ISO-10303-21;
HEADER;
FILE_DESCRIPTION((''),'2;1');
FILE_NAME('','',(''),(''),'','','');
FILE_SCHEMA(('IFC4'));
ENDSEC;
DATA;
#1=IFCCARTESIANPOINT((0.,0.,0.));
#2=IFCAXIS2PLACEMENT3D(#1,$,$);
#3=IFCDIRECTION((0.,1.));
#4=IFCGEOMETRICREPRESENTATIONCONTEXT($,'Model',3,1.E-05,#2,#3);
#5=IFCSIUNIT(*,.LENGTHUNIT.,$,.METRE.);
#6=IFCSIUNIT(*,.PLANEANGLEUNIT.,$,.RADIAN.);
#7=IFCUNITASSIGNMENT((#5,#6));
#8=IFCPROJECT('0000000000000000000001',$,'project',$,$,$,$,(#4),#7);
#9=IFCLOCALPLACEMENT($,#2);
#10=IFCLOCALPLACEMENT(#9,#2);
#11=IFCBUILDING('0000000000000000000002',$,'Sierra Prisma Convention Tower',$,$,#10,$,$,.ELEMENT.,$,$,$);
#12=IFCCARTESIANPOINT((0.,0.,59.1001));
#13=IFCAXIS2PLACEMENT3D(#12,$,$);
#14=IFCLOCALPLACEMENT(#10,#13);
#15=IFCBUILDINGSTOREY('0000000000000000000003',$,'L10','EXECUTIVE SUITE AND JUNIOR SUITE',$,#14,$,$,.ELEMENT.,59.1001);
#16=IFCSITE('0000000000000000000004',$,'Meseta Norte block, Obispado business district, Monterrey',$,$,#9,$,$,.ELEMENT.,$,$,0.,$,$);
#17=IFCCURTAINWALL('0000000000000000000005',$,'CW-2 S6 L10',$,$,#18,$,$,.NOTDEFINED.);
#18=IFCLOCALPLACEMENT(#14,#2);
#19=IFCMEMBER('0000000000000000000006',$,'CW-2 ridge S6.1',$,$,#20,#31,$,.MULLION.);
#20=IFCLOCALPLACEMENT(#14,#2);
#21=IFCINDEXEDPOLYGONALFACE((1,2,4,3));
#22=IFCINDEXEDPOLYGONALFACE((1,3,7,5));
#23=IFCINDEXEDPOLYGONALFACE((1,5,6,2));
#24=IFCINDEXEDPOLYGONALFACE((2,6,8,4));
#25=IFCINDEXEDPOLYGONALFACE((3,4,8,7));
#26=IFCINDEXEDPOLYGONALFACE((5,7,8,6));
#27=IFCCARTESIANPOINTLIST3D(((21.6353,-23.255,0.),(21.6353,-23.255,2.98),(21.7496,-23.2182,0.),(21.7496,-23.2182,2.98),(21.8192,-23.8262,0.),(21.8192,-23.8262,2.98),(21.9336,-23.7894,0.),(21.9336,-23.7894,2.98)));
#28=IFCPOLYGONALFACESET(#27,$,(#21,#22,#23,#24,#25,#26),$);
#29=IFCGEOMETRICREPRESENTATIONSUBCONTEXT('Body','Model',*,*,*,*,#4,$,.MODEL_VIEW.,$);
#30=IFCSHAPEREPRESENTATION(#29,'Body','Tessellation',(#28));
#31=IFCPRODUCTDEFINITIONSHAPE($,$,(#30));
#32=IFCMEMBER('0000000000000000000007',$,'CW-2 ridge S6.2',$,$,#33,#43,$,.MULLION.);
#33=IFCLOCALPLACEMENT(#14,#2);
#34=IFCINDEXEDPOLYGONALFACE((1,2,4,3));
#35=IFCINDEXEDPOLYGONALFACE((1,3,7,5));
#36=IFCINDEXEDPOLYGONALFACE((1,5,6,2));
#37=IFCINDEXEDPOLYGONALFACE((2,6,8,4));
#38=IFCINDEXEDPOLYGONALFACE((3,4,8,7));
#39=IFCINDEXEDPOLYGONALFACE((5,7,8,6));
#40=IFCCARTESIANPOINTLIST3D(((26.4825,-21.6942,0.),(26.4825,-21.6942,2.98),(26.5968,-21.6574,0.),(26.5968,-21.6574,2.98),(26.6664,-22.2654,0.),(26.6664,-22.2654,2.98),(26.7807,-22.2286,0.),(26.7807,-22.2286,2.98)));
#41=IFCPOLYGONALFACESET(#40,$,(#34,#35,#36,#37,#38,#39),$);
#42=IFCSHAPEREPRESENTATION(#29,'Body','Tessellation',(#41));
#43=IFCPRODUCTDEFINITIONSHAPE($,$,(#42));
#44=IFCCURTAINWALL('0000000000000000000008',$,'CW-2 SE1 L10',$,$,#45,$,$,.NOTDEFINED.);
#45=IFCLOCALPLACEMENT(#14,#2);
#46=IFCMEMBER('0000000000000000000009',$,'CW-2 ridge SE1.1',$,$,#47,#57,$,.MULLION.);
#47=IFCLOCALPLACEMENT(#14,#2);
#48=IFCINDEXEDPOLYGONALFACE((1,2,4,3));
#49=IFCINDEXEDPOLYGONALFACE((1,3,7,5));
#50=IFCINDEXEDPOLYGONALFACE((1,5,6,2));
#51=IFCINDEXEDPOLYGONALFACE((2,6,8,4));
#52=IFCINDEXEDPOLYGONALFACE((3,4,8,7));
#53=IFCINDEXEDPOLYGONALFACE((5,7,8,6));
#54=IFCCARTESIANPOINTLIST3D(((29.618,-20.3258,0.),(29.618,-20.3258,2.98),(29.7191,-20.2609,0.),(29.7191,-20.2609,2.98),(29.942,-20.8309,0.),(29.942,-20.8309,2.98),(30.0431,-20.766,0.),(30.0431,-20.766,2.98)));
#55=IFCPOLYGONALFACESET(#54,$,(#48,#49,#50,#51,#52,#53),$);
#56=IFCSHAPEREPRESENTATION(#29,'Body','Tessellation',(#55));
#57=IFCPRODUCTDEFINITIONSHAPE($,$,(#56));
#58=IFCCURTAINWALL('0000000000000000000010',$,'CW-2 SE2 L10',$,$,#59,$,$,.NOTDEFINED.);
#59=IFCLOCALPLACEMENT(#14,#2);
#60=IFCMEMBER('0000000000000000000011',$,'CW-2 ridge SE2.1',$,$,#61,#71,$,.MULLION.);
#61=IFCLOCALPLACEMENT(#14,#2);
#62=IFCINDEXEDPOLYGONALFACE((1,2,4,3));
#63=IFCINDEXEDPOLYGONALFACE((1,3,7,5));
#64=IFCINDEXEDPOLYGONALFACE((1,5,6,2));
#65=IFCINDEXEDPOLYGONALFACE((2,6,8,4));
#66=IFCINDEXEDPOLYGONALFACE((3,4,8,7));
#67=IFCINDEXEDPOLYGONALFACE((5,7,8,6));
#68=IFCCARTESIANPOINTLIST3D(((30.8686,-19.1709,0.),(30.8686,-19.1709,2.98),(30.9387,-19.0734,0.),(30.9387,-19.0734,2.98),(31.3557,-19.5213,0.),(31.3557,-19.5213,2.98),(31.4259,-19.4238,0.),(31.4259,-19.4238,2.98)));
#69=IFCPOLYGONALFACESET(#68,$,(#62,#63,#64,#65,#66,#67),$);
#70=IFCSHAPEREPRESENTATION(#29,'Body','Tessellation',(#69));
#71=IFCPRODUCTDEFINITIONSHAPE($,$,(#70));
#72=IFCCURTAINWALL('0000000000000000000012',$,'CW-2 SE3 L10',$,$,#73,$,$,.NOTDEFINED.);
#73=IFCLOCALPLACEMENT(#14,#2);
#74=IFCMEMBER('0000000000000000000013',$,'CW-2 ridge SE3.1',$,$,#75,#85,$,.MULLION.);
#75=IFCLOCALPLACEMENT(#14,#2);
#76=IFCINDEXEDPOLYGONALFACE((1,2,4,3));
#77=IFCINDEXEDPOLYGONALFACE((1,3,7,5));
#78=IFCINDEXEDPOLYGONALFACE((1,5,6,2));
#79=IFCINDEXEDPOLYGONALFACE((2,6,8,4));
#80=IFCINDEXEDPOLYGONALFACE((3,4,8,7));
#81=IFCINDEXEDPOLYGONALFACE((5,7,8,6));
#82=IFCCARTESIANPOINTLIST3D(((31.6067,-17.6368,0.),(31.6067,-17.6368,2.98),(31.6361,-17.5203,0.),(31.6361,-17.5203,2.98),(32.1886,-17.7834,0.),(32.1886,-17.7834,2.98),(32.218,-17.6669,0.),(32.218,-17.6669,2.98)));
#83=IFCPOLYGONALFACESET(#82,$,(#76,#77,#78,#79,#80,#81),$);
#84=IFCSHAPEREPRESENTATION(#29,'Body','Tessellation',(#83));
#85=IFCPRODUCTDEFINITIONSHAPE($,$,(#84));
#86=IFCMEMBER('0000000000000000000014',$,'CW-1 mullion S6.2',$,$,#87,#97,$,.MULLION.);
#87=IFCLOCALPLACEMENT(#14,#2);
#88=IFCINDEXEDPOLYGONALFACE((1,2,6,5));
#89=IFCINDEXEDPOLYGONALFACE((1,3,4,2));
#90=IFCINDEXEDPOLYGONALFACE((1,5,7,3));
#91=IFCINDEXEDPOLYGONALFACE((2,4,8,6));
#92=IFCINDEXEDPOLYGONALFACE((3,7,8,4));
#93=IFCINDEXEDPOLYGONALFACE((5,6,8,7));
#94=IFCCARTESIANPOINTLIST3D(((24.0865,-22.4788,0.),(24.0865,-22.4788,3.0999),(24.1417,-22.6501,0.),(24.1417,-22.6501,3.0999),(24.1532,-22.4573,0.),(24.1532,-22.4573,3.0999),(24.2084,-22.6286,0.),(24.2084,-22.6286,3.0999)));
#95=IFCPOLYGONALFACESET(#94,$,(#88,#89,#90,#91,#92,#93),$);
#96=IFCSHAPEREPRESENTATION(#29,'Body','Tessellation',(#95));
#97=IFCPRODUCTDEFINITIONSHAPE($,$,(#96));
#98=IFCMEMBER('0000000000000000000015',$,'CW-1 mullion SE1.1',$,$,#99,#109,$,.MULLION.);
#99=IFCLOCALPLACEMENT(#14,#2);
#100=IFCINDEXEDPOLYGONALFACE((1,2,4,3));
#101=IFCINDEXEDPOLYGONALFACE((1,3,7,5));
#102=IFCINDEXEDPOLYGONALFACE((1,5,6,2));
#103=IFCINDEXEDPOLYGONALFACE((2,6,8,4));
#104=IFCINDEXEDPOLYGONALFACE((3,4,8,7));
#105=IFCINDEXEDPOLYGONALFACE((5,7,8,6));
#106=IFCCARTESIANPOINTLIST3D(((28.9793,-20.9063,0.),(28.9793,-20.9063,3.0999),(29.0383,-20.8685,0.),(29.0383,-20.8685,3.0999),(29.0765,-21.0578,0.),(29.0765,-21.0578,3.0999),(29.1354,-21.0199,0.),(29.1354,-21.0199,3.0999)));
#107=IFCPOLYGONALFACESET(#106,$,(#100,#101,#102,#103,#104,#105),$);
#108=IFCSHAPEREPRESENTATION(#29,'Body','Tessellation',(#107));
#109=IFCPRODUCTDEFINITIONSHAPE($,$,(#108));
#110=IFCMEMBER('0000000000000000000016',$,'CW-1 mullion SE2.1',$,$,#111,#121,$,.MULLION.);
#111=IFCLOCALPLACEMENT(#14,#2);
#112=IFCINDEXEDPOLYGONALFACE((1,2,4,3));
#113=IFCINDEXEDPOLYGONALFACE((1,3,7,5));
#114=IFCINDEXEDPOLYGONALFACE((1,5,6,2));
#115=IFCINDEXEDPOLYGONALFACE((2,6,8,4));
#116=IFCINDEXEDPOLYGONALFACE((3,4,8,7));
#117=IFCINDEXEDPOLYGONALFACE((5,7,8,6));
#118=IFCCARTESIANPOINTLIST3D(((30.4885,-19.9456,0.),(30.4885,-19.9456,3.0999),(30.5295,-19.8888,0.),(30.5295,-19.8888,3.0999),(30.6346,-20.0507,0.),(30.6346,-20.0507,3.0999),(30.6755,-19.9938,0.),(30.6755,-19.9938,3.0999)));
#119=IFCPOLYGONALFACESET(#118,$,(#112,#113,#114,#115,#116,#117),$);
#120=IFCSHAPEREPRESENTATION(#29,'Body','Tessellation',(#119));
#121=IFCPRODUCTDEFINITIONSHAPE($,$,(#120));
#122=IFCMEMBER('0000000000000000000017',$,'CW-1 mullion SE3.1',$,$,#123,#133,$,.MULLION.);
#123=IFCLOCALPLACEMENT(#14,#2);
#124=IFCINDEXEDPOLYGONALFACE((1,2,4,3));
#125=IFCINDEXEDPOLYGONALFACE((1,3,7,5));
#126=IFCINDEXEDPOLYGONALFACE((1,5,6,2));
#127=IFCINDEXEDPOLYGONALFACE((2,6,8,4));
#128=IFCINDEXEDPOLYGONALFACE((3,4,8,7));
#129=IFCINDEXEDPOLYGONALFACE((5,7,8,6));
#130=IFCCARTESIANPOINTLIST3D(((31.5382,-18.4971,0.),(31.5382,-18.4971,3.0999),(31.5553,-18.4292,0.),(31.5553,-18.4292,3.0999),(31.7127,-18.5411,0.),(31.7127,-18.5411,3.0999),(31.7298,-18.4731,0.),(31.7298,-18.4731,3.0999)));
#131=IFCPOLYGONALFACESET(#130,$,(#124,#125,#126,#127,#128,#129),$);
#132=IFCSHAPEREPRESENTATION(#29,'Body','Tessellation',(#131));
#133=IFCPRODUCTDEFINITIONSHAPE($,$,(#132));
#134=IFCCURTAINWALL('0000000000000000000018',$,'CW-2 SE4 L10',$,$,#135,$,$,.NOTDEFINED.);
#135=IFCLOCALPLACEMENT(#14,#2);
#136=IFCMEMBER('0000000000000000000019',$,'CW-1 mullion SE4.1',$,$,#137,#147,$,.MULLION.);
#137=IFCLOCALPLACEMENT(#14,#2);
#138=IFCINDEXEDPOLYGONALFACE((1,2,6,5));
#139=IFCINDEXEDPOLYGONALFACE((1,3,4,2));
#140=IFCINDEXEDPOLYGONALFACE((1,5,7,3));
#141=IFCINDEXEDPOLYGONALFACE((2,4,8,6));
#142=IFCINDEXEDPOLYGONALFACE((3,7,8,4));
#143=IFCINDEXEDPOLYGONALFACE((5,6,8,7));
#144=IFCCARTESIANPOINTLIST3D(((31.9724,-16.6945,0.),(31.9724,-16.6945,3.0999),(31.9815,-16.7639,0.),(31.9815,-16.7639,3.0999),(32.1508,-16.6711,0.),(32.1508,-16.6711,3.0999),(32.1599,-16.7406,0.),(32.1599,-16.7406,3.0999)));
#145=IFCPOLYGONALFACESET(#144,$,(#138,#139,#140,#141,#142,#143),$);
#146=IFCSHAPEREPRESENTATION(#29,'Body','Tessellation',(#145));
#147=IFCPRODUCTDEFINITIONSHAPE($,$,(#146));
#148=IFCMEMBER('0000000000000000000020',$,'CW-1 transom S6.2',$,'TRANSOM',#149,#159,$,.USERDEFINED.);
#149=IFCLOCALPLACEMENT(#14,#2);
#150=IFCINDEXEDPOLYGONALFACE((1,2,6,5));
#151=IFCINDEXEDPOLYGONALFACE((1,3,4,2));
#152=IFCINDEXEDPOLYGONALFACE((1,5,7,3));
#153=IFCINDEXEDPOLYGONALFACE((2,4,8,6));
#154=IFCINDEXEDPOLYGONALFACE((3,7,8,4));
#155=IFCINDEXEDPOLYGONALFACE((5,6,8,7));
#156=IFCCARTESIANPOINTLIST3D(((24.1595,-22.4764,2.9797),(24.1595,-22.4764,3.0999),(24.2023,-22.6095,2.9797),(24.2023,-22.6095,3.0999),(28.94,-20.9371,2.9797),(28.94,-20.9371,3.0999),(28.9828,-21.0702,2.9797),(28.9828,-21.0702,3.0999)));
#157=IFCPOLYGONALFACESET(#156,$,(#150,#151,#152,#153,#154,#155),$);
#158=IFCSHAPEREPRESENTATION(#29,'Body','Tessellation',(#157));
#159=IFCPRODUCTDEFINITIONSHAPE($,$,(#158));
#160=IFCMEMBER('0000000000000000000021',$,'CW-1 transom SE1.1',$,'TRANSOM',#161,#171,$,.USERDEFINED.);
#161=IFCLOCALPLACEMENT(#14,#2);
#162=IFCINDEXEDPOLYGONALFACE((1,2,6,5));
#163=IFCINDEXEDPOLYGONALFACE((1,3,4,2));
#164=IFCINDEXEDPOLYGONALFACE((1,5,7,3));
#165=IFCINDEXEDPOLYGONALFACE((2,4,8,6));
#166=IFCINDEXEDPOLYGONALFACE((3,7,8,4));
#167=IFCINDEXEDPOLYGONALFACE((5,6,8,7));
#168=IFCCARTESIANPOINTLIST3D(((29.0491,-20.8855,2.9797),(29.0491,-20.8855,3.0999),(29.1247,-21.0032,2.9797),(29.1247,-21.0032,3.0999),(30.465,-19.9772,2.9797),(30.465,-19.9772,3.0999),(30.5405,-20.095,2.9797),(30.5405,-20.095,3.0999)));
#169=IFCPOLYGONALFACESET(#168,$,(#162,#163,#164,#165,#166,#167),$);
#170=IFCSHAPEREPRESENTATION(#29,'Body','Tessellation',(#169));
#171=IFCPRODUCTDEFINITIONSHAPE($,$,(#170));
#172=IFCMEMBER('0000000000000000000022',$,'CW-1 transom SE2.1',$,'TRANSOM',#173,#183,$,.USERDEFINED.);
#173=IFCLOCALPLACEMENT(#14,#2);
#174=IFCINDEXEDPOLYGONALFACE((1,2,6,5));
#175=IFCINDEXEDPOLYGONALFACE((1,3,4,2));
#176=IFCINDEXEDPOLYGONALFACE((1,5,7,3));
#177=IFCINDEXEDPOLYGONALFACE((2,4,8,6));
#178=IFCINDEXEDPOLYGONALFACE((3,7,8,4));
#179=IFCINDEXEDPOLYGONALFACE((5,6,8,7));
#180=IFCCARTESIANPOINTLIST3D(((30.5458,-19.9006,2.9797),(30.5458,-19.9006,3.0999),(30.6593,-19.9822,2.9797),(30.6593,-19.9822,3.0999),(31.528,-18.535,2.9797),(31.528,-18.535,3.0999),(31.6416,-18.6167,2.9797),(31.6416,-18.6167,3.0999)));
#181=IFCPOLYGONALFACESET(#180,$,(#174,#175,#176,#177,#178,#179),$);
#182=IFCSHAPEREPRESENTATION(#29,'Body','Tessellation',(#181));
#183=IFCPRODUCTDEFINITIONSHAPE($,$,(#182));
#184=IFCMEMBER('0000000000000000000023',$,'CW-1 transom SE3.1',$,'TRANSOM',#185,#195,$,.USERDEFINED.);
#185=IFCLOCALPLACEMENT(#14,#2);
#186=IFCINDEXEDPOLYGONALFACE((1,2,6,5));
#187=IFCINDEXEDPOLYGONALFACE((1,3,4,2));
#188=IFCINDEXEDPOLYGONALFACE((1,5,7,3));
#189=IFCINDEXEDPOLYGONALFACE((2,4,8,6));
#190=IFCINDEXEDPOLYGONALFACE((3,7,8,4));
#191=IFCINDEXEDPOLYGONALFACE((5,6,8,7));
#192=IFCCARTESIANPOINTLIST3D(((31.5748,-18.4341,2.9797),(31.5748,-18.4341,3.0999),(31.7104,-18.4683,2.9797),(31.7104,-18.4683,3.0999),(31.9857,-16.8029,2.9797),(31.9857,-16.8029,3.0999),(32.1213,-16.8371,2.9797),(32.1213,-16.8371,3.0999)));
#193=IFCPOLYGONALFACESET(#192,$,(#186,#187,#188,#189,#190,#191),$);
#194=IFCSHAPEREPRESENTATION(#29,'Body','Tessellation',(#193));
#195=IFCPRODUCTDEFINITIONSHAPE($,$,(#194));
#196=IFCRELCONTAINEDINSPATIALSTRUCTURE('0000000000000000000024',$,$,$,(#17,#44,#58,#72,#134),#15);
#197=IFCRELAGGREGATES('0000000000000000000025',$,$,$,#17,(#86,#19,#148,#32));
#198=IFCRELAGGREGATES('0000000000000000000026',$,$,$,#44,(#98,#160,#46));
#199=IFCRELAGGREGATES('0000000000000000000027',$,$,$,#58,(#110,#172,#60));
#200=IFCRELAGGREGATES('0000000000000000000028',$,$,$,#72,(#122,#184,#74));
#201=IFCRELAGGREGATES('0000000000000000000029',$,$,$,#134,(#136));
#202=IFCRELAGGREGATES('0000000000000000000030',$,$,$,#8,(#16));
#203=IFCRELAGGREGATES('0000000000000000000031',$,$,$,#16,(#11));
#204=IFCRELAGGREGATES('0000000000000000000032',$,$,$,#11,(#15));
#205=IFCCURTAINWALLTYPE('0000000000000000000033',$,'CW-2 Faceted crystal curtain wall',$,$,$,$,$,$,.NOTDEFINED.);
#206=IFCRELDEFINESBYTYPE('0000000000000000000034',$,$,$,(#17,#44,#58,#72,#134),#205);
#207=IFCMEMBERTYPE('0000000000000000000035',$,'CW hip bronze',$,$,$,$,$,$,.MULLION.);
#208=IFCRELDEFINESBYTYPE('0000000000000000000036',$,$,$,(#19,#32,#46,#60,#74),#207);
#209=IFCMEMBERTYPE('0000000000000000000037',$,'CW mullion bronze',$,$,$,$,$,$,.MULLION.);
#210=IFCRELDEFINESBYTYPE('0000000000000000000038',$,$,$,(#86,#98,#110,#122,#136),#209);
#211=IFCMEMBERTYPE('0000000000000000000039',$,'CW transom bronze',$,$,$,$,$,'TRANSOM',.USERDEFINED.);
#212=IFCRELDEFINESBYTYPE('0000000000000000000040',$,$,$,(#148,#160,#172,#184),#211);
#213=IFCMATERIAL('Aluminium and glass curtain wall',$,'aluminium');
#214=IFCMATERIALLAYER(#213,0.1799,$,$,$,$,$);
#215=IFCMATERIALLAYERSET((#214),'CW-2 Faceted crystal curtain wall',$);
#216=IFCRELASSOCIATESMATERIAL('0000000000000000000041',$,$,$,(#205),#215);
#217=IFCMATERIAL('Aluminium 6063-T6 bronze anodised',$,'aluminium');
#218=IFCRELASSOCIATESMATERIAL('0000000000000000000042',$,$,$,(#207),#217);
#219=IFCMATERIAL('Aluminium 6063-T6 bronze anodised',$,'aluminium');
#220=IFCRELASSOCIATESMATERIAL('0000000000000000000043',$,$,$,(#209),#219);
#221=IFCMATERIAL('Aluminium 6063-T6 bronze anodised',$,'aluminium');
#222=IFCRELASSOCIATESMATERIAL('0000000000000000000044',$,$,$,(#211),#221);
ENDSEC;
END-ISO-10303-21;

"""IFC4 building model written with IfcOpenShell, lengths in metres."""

from ifc_helpers import new_model, si_unit, direction, frame, origin, origin_2d, place, context, subcontext, project, spatial, rectangle, extrude, material, layer, layer_set, material_profile, profile_set, type_object, element, aggregate, save


model = new_model("IFC4")

# Units and contexts
model_context = context("Model", 3, precision=1e-05, world=origin(), true_north=direction((0.0, 1.0)))
body_context = subcontext(model_context, "Body", "Model", "MODEL_VIEW")
ifc_project = project(units=[si_unit("LENGTHUNIT", "METRE"), si_unit("PLANEANGLEUNIT", "RADIAN")], contexts=[model_context])

# Site, building, storey
site_placement = place(None, origin())
site = spatial("IfcSite", under=ifc_project, at=site_placement, Name="Meseta Norte block, Obispado business district, Monterrey", CompositionType="ELEMENT", RefElevation=0.0)
building_placement = place(site_placement, origin())
building = spatial("IfcBuilding", under=site, at=building_placement, Name="Sierra Prisma Convention Tower", CompositionType="ELEMENT")
storey_placement = place(building_placement, frame((0.0, 0.0, 59.1001)))
storey = spatial("IfcBuildingStorey", under=building, at=storey_placement, Name="L10", Description="EXECUTIVE SUITE AND JUNIOR SUITE", CompositionType="ELEMENT", Elevation=59.1001)

# Curtain wall, members
ifc_material_1 = material(Name="Aluminium and glass curtain wall", Category="aluminium")
ifc_layer_1 = layer(ifc_material_1, 0.1799)
ifc_layer_set_1 = layer_set([ifc_layer_1], Name="CW-2 Faceted crystal curtain wall")
curtain_wall_type = type_object("IfcCurtainWallType", Name="CW-2 Faceted crystal curtain wall", PredefinedType="NOTDEFINED", material=ifc_layer_set_1)
curtain_wall_1_placement = place(storey_placement, origin())
curtain_wall_1 = element("IfcCurtainWall", 1, at=curtain_wall_1_placement, inside=storey, type_object=curtain_wall_type, Name="CW-2 S6 L10", PredefinedType="NOTDEFINED")
ifc_material_2 = material(Name="Aluminium 6063-T6 bronze anodised", Category="aluminium")
ifc_material_profile_1 = material_profile(ifc_material_2, rectangle(XDim=0.1201, YDim=0.6001, at=origin_2d()), Name="ALU RIDGE BLADE 120x600")
ifc_profile_set_1 = profile_set([ifc_material_profile_1], Name="Aluminium 6063-T6 bronze anodised")
member_type_1 = type_object("IfcMemberType", Name="CW hip bronze", PredefinedType="MULLION", material=ifc_profile_set_1)
member_1_placement = place(storey_placement, frame((21.7844, -23.5222, 0.0), z_axis=(0.0, 0.0, 1.0), x_axis=(0.951868, 0.306508, 0.0)))
member_1 = element("IfcMember", 2, at=member_1_placement, type_object=member_type_1, Name="CW-2 ridge S6.1", PredefinedType="MULLION", context=body_context, shape_type="SweptSolid", body=[
    extrude(rectangle(XDim=0.1201, YDim=0.6001, at=origin_2d()), origin(), (0.0, 0.0, 1.0), 2.98),
])
member_2_placement = place(storey_placement, frame((26.6316, -21.9614, 0.0), z_axis=(0.0, 0.0, 1.0), x_axis=(0.951868, 0.306508, 0.0)))
member_2 = element("IfcMember", 3, at=member_2_placement, type_object=member_type_1, Name="CW-2 ridge S6.2", PredefinedType="MULLION", context=body_context, shape_type="SweptSolid", body=[
    extrude(rectangle(XDim=0.1201, YDim=0.6001, at=origin_2d()), origin(), (0.0, 0.0, 1.0), 2.98),
])

# Curtain walls, members
curtain_wall_2_placement = place(storey_placement, origin())
curtain_wall_2 = element("IfcCurtainWall", 4, at=curtain_wall_2_placement, inside=storey, type_object=curtain_wall_type, Name="CW-2 SE1 L10", PredefinedType="NOTDEFINED")
member_3_placement = place(storey_placement, frame((29.8306, -20.5459, 0.0), z_axis=(0.0, 0.0, 1.0), x_axis=(0.841675, 0.539984, 0.0)))
member_3 = element("IfcMember", 5, at=member_3_placement, type_object=member_type_1, Name="CW-2 ridge SE1.1", PredefinedType="MULLION", context=body_context, shape_type="SweptSolid", body=[
    extrude(rectangle(XDim=0.1201, YDim=0.6001, at=origin_2d()), origin(), (0.0, 0.0, 1.0), 2.98),
])
curtain_wall_3_placement = place(storey_placement, origin())
curtain_wall_3 = element("IfcCurtainWall", 6, at=curtain_wall_3_placement, inside=storey, type_object=curtain_wall_type, Name="CW-2 SE2 L10", PredefinedType="NOTDEFINED")
member_4_placement = place(storey_placement, frame((31.1472, -19.2974, 0.0), z_axis=(0.0, 0.0, 1.0), x_axis=(0.583934, 0.811801, 0.0)))
member_4 = element("IfcMember", 7, at=member_4_placement, type_object=member_type_1, Name="CW-2 ridge SE2.1", PredefinedType="MULLION", context=body_context, shape_type="SweptSolid", body=[
    extrude(rectangle(XDim=0.1201, YDim=0.6001, at=origin_2d()), origin(), (0.0, 0.0, 1.0), 2.98),
])
curtain_wall_4_placement = place(storey_placement, origin())
curtain_wall_4 = element("IfcCurtainWall", 8, at=curtain_wall_4_placement, inside=storey, type_object=curtain_wall_type, Name="CW-2 SE3 L10", PredefinedType="NOTDEFINED")
member_5_placement = place(storey_placement, frame((31.9124, -17.6519, 0.0), z_axis=(0.0, 0.0, 1.0), x_axis=(0.244257, 0.969711, 0.0)))
member_5 = element("IfcMember", 9, at=member_5_placement, type_object=member_type_1, Name="CW-2 ridge SE3.1", PredefinedType="MULLION", context=body_context, shape_type="SweptSolid", body=[
    extrude(rectangle(XDim=0.1201, YDim=0.6001, at=origin_2d()), origin(), (0.0, 0.0, 1.0), 2.98),
])

# Members
ifc_material_3 = material(Name="Aluminium 6063-T6 bronze anodised", Category="aluminium")
ifc_material_profile_2 = material_profile(ifc_material_3, rectangle(XDim=0.1799, YDim=0.0701, at=origin_2d()), Name="ALU MULLION 70x180")
ifc_profile_set_2 = profile_set([ifc_material_profile_2], Name="Aluminium 6063-T6 bronze anodised")
member_type_2 = type_object("IfcMemberType", Name="CW mullion bronze", PredefinedType="MULLION", material=ifc_profile_set_2)
member_6_placement = place(storey_placement, frame((24.1475, -22.5537, 0.0), z_axis=(0.0, 0.0, 1.0), x_axis=(-0.306508, 0.951868, 0.0)))
member_6 = element("IfcMember", 10, at=member_6_placement, type_object=member_type_2, Name="CW-1 mullion S6.2", PredefinedType="MULLION", context=body_context, shape_type="SweptSolid", body=[
    extrude(rectangle(XDim=0.1799, YDim=0.0701, at=origin_2d()), origin(), (0.0, 0.0, 1.0), 3.0999),
])
member_7_placement = place(storey_placement, frame((29.0574, -20.9631, 0.0), z_axis=(0.0, 0.0, 1.0), x_axis=(-0.539984, 0.841675, 0.0)))
member_7 = element("IfcMember", 11, at=member_7_placement, type_object=member_type_2, Name="CW-1 mullion SE1.1", PredefinedType="MULLION", context=body_context, shape_type="SweptSolid", body=[
    extrude(rectangle(XDim=0.1799, YDim=0.0701, at=origin_2d()), origin(), (0.0, 0.0, 1.0), 3.0999),
])
member_8_placement = place(storey_placement, frame((30.582, -19.9697, 0.0), z_axis=(0.0, 0.0, 1.0), x_axis=(-0.811801, 0.583934, 0.0)))
member_8 = element("IfcMember", 12, at=member_8_placement, type_object=member_type_2, Name="CW-1 mullion SE2.1", PredefinedType="MULLION", context=body_context, shape_type="SweptSolid", body=[
    extrude(rectangle(XDim=0.1799, YDim=0.0701, at=origin_2d()), origin(), (0.0, 0.0, 1.0), 3.0999),
])
member_9_placement = place(storey_placement, frame((31.634, -18.4851, 0.0), z_axis=(0.0, 0.0, 1.0), x_axis=(-0.969711, 0.244257, 0.0)))
member_9 = element("IfcMember", 13, at=member_9_placement, type_object=member_type_2, Name="CW-1 mullion SE3.1", PredefinedType="MULLION", context=body_context, shape_type="SweptSolid", body=[
    extrude(rectangle(XDim=0.1799, YDim=0.0701, at=origin_2d()), origin(), (0.0, 0.0, 1.0), 3.0999),
])

# Curtain wall, member
curtain_wall_5_placement = place(storey_placement, origin())
curtain_wall_5 = element("IfcCurtainWall", 14, at=curtain_wall_5_placement, inside=storey, type_object=curtain_wall_type, Name="CW-2 SE4 L10", PredefinedType="NOTDEFINED")
member_10_placement = place(storey_placement, frame((32.0662, -16.7175, 0.0), z_axis=(0.0, 0.0, 1.0), x_axis=(-0.991554, -0.129693, 0.0)))
member_10 = element("IfcMember", 15, at=member_10_placement, type_object=member_type_2, Name="CW-1 mullion SE4.1", PredefinedType="MULLION", context=body_context, shape_type="SweptSolid", body=[
    extrude(rectangle(XDim=0.1799, YDim=0.0701, at=origin_2d()), origin(), (0.0, 0.0, 1.0), 3.0999),
])

# Members
ifc_material_4 = material(Name="Aluminium 6063-T6 bronze anodised", Category="aluminium")
ifc_material_profile_3 = material_profile(ifc_material_4, rectangle(XDim=0.1399, YDim=0.1201, at=origin_2d()), Name="ALU TRANSOM 120x140")
ifc_profile_set_3 = profile_set([ifc_material_profile_3], Name="Aluminium 6063-T6 bronze anodised")
member_type_3 = type_object("IfcMemberType", Name="CW transom bronze", ElementType="TRANSOM", PredefinedType="USERDEFINED", material=ifc_profile_set_3)
member_11_placement = place(storey_placement, frame((24.1809, -22.543, 3.0398), z_axis=(0.951871, 0.306499, 0.0), x_axis=(-0.306499, 0.951871, 0.0)))
member_11 = element("IfcMember", 16, at=member_11_placement, type_object=member_type_3, Name="CW-1 transom S6.2", ObjectType="TRANSOM", PredefinedType="USERDEFINED", context=body_context, shape_type="SweptSolid", body=[
    extrude(rectangle(XDim=0.1399, YDim=0.1201, at=origin_2d()), origin(), (0.0, 0.0, 1.0), 5.0222),
])
member_12_placement = place(storey_placement, frame((29.0869, -20.9443, 3.0398), z_axis=(0.841702, 0.539943, 0.0), x_axis=(-0.539943, 0.841702, 0.0)))
member_12 = element("IfcMember", 17, at=member_12_placement, type_object=member_type_3, Name="CW-1 transom SE1.1", ObjectType="TRANSOM", PredefinedType="USERDEFINED", context=body_context, shape_type="SweptSolid", body=[
    extrude(rectangle(XDim=0.1399, YDim=0.1201, at=origin_2d()), origin(), (0.0, 0.0, 1.0), 1.6821),
])
member_13_placement = place(storey_placement, frame((30.6025, -19.9414, 3.0398), z_axis=(0.583926, 0.811807, 0.0), x_axis=(-0.811807, 0.583926, 0.0)))
member_13 = element("IfcMember", 18, at=member_13_placement, type_object=member_type_3, Name="CW-1 transom SE2.1", ObjectType="TRANSOM", PredefinedType="USERDEFINED", context=body_context, shape_type="SweptSolid", body=[
    extrude(rectangle(XDim=0.1399, YDim=0.1201, at=origin_2d()), origin(), (0.0, 0.0, 1.0), 1.6821),
])
member_14_placement = place(storey_placement, frame((31.6426, -18.4512, 3.0398), z_axis=(0.244277, 0.969706, 0.0), x_axis=(-0.969706, 0.244277, 0.0)))
member_14 = element("IfcMember", 19, at=member_14_placement, type_object=member_type_3, Name="CW-1 transom SE3.1", ObjectType="TRANSOM", PredefinedType="USERDEFINED", context=body_context, shape_type="SweptSolid", body=[
    extrude(rectangle(XDim=0.1399, YDim=0.1201, at=origin_2d()), origin(), (0.0, 0.0, 1.0), 1.6821),
])

aggregate(curtain_wall_1, [member_6, member_1, member_11, member_2])
aggregate(curtain_wall_2, [member_7, member_12, member_3])
aggregate(curtain_wall_3, [member_8, member_13, member_4])
aggregate(curtain_wall_4, [member_9, member_14, member_5])
aggregate(curtain_wall_5, [member_10])

save(model, "model.ifc")
